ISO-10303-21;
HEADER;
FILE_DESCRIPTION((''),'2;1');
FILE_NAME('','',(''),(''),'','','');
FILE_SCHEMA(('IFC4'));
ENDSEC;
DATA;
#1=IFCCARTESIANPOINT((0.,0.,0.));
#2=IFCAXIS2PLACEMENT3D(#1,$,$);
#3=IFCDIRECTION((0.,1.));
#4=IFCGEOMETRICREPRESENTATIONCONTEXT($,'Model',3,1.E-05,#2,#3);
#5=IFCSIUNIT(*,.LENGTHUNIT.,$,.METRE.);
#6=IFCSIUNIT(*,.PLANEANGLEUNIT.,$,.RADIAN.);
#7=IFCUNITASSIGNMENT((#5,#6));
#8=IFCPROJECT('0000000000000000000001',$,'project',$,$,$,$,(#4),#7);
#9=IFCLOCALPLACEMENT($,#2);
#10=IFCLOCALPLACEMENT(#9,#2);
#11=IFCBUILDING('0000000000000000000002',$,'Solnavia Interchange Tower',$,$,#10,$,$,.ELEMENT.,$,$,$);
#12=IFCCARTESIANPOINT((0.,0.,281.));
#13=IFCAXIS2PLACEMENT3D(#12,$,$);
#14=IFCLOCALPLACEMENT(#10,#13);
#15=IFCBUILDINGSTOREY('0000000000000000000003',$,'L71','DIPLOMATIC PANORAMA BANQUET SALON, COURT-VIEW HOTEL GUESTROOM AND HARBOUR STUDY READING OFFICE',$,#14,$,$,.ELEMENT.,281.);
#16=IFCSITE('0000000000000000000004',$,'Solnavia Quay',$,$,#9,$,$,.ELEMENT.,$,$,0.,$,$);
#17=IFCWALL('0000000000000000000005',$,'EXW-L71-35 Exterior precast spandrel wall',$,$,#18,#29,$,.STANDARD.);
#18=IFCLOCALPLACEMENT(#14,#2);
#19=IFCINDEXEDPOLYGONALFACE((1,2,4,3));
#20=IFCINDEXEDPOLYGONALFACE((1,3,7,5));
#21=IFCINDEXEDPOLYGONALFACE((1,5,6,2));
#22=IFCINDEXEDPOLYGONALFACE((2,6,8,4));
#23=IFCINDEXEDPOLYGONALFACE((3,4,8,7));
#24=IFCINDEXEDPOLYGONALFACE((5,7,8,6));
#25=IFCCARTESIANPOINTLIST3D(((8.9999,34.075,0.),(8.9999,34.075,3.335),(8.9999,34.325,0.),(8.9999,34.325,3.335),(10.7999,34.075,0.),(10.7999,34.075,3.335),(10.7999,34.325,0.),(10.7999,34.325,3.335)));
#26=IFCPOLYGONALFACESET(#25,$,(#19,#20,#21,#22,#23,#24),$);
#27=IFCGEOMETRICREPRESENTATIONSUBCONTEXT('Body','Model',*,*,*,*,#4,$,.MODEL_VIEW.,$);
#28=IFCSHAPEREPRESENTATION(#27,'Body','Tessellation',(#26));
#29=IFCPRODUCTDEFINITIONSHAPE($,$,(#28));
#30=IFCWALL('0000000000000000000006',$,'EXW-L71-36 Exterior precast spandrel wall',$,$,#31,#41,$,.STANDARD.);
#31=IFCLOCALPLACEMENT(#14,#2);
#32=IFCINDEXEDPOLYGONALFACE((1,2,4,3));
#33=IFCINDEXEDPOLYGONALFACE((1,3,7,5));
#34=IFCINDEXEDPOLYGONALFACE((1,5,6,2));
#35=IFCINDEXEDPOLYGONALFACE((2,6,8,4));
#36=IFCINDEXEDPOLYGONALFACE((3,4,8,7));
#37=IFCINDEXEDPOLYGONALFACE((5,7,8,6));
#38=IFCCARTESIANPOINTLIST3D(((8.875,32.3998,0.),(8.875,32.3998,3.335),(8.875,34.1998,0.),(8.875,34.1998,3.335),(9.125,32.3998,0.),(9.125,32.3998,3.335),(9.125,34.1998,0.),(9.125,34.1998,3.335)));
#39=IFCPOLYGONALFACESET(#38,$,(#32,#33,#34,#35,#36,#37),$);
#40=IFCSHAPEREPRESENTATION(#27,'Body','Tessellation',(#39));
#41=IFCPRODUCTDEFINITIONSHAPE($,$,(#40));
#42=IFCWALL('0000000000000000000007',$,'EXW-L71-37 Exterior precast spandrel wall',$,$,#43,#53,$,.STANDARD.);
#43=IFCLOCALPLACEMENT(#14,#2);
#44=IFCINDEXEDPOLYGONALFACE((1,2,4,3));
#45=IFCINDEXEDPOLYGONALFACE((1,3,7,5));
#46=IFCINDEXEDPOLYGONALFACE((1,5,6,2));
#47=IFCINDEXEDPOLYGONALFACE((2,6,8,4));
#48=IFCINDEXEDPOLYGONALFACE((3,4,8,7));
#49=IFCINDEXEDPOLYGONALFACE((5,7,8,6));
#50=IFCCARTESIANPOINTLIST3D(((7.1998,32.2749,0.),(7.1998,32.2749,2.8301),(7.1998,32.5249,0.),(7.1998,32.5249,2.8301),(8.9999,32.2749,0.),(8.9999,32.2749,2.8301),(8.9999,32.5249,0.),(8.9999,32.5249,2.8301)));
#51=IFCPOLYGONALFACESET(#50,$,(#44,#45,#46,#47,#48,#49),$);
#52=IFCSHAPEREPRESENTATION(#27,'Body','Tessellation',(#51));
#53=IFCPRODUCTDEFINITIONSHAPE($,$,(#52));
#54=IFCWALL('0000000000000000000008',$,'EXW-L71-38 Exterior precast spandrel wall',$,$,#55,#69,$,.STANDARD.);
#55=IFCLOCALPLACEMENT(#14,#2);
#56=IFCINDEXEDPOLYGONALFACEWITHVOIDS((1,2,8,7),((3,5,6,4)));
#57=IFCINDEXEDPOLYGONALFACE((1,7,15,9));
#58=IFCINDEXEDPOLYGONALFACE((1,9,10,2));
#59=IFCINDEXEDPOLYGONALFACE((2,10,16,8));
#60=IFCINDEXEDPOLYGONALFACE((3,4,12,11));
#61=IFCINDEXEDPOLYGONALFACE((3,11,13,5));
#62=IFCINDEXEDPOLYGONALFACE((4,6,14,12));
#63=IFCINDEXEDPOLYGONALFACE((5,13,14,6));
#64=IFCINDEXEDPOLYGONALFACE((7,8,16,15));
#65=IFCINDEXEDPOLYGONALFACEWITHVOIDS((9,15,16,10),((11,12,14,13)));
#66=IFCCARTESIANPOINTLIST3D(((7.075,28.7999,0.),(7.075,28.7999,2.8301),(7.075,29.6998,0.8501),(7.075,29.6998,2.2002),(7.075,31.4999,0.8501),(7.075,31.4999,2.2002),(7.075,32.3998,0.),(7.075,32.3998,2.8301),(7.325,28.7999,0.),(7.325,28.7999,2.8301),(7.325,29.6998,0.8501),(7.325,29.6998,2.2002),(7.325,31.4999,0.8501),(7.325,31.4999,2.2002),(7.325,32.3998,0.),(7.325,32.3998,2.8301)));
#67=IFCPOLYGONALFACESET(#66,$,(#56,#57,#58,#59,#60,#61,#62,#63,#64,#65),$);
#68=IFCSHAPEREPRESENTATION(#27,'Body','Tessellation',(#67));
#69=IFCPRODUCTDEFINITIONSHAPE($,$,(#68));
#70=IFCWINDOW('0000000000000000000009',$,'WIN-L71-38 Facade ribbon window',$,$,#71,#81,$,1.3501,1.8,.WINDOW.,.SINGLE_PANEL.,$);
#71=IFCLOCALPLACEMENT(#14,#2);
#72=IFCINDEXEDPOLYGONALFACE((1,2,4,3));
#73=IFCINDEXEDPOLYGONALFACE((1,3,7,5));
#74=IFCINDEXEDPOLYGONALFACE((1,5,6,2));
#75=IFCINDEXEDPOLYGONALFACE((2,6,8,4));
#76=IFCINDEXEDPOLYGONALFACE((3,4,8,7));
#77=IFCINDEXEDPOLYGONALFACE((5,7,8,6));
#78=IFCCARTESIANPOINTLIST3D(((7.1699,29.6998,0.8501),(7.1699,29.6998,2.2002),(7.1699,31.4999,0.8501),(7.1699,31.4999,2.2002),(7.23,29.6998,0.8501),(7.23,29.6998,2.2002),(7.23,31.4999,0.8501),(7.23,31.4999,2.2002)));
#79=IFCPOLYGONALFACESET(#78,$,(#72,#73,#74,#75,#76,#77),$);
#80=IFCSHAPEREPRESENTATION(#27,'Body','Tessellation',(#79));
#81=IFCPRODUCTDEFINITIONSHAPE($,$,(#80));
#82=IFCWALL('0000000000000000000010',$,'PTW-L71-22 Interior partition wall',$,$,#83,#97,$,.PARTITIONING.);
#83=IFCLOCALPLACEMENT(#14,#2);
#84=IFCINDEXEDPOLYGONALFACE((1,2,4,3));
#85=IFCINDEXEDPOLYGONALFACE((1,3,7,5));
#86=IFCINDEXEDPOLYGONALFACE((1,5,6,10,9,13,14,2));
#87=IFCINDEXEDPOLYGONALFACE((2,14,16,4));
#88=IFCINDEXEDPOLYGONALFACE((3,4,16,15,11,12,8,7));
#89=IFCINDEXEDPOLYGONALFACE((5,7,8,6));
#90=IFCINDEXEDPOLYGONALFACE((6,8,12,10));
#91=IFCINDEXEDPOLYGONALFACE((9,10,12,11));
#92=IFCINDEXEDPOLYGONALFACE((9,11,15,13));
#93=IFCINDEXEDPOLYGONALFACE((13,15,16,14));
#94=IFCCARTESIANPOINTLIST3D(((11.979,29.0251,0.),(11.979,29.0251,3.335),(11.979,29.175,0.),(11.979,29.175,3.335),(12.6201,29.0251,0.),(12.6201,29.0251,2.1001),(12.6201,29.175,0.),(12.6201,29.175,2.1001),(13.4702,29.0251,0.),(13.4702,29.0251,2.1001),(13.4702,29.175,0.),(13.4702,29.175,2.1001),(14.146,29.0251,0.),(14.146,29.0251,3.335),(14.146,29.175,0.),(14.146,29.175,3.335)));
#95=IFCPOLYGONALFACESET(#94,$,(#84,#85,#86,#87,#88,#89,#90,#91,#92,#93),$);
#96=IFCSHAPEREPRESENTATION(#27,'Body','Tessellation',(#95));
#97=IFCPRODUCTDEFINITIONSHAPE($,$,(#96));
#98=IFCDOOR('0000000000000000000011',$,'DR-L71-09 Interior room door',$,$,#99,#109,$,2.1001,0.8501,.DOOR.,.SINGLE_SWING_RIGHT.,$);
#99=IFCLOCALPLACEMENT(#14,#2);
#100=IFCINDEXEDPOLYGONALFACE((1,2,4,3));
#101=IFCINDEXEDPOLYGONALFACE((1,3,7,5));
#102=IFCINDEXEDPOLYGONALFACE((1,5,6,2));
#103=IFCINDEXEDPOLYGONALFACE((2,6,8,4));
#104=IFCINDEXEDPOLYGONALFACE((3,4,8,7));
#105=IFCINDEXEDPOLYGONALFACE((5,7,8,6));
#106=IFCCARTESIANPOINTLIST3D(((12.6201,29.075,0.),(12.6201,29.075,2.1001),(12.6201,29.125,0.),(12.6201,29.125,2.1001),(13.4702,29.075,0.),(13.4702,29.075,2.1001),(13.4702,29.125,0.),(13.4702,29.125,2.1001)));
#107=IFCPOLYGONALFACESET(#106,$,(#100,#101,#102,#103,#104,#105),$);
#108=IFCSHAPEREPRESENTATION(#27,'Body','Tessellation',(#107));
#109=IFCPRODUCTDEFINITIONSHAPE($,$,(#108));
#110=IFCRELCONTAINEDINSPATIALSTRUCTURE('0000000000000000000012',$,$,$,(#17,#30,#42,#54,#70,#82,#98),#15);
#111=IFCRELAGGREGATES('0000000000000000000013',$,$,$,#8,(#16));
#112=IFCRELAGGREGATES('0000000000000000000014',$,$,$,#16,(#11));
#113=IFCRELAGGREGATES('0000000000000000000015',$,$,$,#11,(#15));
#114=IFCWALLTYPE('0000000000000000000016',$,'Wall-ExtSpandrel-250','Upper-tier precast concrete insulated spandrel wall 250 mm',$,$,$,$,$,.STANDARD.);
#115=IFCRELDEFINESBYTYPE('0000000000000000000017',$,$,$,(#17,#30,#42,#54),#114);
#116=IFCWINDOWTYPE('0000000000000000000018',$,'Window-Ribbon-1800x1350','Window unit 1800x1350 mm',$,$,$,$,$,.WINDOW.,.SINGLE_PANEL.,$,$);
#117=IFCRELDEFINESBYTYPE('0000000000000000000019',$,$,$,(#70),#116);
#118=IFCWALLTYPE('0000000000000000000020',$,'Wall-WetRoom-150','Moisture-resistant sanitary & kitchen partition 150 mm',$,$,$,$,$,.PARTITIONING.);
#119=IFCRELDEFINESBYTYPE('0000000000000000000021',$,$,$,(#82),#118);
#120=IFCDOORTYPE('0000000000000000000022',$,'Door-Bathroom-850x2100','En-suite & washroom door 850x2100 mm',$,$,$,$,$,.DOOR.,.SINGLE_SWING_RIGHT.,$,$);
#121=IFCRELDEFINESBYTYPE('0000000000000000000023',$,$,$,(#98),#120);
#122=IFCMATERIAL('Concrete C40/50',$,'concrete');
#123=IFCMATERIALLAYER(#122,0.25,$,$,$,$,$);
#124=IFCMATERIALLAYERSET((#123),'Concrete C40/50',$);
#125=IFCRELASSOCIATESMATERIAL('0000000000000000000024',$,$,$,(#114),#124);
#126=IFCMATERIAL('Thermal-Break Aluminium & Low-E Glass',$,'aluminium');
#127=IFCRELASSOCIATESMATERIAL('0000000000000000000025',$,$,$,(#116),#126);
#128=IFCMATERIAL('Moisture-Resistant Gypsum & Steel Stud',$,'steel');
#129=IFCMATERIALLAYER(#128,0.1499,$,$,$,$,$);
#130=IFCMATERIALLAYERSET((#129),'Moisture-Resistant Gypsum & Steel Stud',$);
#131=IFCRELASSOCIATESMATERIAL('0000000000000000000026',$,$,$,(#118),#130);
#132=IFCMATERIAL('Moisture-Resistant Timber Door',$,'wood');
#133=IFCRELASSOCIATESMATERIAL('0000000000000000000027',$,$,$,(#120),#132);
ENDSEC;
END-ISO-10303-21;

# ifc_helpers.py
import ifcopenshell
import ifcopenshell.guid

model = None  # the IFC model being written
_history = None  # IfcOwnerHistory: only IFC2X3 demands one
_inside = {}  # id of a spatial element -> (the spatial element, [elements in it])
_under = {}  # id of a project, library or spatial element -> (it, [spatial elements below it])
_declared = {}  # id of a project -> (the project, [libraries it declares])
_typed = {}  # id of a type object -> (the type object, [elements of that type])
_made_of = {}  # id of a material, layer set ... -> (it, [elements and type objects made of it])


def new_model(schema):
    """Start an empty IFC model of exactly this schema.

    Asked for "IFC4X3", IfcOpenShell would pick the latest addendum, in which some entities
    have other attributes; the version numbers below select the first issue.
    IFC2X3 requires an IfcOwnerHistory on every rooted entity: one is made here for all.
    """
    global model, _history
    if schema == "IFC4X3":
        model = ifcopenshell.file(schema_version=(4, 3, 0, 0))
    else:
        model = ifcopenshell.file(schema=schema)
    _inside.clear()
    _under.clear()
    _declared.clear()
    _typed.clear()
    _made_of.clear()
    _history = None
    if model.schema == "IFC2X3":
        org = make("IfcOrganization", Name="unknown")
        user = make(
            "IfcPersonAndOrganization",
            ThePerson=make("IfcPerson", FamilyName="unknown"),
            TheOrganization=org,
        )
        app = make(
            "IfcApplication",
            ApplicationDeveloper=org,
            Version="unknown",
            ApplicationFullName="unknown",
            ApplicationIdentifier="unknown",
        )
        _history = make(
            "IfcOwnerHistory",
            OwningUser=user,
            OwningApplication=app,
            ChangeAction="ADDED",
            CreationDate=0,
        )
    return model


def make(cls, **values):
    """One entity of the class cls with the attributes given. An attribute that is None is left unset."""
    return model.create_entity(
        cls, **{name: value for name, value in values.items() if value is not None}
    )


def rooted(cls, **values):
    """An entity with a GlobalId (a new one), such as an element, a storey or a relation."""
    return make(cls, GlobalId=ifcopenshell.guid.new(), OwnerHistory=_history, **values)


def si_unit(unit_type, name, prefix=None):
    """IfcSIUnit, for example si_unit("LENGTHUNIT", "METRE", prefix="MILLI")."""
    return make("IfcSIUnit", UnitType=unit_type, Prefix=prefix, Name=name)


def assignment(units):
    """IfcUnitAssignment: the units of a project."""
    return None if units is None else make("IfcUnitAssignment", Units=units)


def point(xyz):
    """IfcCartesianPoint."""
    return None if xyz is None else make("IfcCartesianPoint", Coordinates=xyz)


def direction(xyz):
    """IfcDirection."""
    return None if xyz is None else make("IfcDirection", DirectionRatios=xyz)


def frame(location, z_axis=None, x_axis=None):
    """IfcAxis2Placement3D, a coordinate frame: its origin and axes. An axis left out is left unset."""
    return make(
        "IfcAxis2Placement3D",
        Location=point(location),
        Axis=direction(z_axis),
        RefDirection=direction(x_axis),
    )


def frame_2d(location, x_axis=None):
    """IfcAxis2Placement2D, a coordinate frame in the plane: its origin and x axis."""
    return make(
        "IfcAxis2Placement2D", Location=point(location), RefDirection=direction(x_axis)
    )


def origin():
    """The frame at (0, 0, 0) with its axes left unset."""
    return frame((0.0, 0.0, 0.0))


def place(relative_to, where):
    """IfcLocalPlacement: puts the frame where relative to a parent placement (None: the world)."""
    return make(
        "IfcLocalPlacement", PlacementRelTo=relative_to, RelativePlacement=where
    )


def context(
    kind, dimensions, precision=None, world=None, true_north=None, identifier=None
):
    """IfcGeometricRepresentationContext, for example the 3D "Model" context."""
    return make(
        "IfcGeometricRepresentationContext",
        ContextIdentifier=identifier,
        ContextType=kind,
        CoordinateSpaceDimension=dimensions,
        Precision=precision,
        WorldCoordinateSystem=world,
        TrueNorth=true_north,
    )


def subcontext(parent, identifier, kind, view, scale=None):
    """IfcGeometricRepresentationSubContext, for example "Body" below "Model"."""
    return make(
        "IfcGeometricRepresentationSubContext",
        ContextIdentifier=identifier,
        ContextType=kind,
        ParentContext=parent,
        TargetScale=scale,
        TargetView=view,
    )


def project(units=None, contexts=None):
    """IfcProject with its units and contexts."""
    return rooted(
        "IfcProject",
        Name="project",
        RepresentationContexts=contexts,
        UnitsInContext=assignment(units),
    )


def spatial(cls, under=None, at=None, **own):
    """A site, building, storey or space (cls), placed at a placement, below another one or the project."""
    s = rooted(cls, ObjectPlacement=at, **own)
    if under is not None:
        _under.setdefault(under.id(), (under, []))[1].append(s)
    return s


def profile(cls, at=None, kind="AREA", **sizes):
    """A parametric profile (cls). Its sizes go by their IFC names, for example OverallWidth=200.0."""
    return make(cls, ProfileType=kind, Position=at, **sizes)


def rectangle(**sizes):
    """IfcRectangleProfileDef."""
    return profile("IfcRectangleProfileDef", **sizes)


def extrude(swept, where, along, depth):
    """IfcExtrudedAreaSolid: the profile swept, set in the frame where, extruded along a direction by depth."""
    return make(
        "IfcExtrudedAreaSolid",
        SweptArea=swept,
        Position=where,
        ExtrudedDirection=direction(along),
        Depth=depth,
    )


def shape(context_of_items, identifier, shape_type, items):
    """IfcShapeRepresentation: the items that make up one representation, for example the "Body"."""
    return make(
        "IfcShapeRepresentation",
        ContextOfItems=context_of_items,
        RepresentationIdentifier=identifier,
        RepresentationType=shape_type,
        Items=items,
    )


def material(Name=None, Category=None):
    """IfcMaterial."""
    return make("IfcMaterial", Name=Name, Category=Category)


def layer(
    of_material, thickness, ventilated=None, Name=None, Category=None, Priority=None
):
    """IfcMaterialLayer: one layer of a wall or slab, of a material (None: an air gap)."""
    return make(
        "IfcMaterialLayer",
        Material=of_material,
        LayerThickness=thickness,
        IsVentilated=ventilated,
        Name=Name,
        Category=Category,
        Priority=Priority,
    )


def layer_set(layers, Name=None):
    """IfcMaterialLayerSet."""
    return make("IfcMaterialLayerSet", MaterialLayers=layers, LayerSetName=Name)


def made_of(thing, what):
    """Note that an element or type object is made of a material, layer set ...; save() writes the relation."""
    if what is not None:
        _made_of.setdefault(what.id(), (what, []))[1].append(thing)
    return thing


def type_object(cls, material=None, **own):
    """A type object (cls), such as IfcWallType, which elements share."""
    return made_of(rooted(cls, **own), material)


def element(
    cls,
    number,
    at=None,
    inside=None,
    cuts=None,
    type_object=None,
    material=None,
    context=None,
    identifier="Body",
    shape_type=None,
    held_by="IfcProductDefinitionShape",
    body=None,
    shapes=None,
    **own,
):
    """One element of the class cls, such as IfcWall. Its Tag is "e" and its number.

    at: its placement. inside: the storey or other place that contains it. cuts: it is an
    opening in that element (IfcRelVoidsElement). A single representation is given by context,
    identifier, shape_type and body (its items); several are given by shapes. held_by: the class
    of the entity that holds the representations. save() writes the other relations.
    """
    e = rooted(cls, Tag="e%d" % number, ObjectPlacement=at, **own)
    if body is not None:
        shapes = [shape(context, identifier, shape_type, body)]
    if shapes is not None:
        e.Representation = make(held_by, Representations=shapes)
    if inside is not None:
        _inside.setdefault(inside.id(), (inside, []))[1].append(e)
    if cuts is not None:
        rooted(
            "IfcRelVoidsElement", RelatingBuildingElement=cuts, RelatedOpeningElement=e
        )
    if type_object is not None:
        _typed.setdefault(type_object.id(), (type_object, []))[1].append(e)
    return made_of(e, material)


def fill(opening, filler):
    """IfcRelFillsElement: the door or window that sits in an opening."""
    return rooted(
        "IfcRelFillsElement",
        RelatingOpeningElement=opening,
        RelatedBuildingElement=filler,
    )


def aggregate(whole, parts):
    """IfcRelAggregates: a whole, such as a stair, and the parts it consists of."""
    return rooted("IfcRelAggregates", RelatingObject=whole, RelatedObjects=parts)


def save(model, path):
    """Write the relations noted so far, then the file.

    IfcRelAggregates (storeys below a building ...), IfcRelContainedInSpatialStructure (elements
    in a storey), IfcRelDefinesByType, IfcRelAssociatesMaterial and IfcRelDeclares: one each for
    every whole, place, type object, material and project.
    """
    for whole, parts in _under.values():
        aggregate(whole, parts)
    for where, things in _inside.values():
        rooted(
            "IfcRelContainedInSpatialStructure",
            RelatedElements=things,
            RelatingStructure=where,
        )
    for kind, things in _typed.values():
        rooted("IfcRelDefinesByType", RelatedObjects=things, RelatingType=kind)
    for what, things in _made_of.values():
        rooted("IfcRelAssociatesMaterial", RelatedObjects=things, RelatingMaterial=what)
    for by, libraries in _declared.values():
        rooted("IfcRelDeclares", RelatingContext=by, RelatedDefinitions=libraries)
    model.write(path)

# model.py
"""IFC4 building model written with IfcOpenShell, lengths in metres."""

from ifc_helpers import new_model, si_unit, direction, frame, frame_2d, origin, place, context, subcontext, project, spatial, rectangle, extrude, material, layer, layer_set, type_object, element, fill, save


model = new_model("IFC4")

# Units and contexts
model_context = context("Model", 3, precision=1e-05, world=origin(), true_north=direction((0.0, 1.0)))
body_context = subcontext(model_context, "Body", "Model", "MODEL_VIEW")
ifc_project = project(units=[si_unit("LENGTHUNIT", "METRE"), si_unit("PLANEANGLEUNIT", "RADIAN")], contexts=[model_context])

# Site, building, storey
site_placement = place(None, origin())
site = spatial("IfcSite", under=ifc_project, at=site_placement, Name="Solnavia Quay", CompositionType="ELEMENT", RefElevation=0.0)
building_placement = place(site_placement, origin())
building = spatial("IfcBuilding", under=site, at=building_placement, Name="Solnavia Interchange Tower", CompositionType="ELEMENT")
storey_placement = place(building_placement, frame((0.0, 0.0, 281.0)))
storey = spatial("IfcBuildingStorey", under=building, at=storey_placement, Name="L71", Description="DIPLOMATIC PANORAMA BANQUET SALON, COURT-VIEW HOTEL GUESTROOM AND HARBOUR STUDY READING OFFICE", CompositionType="ELEMENT", Elevation=281.0)

# Walls
ifc_material_1 = material(Name="Concrete C40/50", Category="concrete")
ifc_layer_1 = layer(ifc_material_1, 0.25)
ifc_layer_set_1 = layer_set([ifc_layer_1], Name="Concrete C40/50")
wall_type_1 = type_object("IfcWallType", Name="Wall-ExtSpandrel-250", Description="Upper-tier precast concrete insulated spandrel wall 250 mm", PredefinedType="STANDARD", material=ifc_layer_set_1)
for number, where, z_axis, x_axis, name in (
    (1, (9.0, 34.2, 0.0), (0.0, 0.0, 1.0), (1.0, 0.0, 0.0), "EXW-L71-35 Exterior precast spandrel wall"),
    (2, (9.0, 32.3999, 0.0), (0.0, 0.0, 1.0), (0.0, 1.0, 0.0), "EXW-L71-36 Exterior precast spandrel wall"),
):
    element("IfcWall", number, at=place(storey_placement, frame(where, z_axis=z_axis, x_axis=x_axis)), inside=storey, type_object=wall_type_1, Name=name, PredefinedType="STANDARD", context=body_context, shape_type="SweptSolid", body=[
        extrude(rectangle(XDim=1.8, YDim=0.25, at=frame_2d((0.8999, 0.0))), origin(), (0.0, 0.0, 1.0), 3.335),
    ])
wall_1_placement = place(storey_placement, frame((7.2, 32.3999, 0.0), z_axis=(0.0, 0.0, 1.0), x_axis=(1.0, 0.0, 0.0)))
element("IfcWall", 3, at=wall_1_placement, inside=storey, type_object=wall_type_1, Name="EXW-L71-37 Exterior precast spandrel wall", PredefinedType="STANDARD", context=body_context, shape_type="SweptSolid", body=[
    extrude(rectangle(XDim=1.8, YDim=0.25, at=frame_2d((0.8999, 0.0))), origin(), (0.0, 0.0, 1.0), 2.8301),
])

# Wall, opening, window
wall_2_placement = place(storey_placement, frame((7.2, 28.8, 0.0), z_axis=(0.0, 0.0, 1.0), x_axis=(0.0, 1.0, 0.0)))
wall_2 = element("IfcWall", 4, at=wall_2_placement, inside=storey, type_object=wall_type_1, Name="EXW-L71-38 Exterior precast spandrel wall", PredefinedType="STANDARD", context=body_context, shape_type="SweptSolid", body=[
    extrude(rectangle(XDim=3.5999, YDim=0.25, at=frame_2d((1.7998, 0.0))), origin(), (0.0, 0.0, 1.0), 2.8301),
])
opening_1_placement = place(wall_2_placement, frame((0.8999, 0.0, 0.8501)))
opening_1 = element("IfcOpeningElement", 5, at=opening_1_placement, cuts=wall_2, PredefinedType="OPENING", context=body_context, shape_type="SweptSolid", body=[
    extrude(rectangle(XDim=1.8, YDim=1.3501, at=frame_2d((0.8999, 0.675))), frame((0.0, 0.135, 0.0), z_axis=(0.0, -1.0, 0.0), x_axis=(1.0, 0.0, 0.0)), (0.0, 0.0, 1.0), 0.27),
])
ifc_material_2 = material(Name="Thermal-Break Aluminium & Low-E Glass", Category="aluminium")
window_type = type_object("IfcWindowType", Name="Window-Ribbon-1800x1350", Description="Window unit 1800x1350 mm", PartitioningType="SINGLE_PANEL", PredefinedType="WINDOW", material=ifc_material_2)
window_placement = place(opening_1_placement, origin())
window = element("IfcWindow", 6, at=window_placement, inside=storey, type_object=window_type, Name="WIN-L71-38 Facade ribbon window", OverallHeight=1.3501, OverallWidth=1.8, PartitioningType="SINGLE_PANEL", PredefinedType="WINDOW", context=body_context, shape_type="SweptSolid", body=[
    extrude(rectangle(XDim=1.8, YDim=1.3501, at=frame_2d((0.8999, 0.675))), frame((0.0, 0.03, 0.0), z_axis=(0.0, -1.0, 0.0), x_axis=(1.0, 0.0, 0.0)), (0.0, 0.0, 1.0), 0.0601),
])
fill(opening_1, window)

# Wall, opening, door
ifc_material_3 = material(Name="Moisture-Resistant Gypsum & Steel Stud", Category="steel")
ifc_layer_2 = layer(ifc_material_3, 0.1499)
ifc_layer_set_2 = layer_set([ifc_layer_2], Name="Moisture-Resistant Gypsum & Steel Stud")
wall_type_2 = type_object("IfcWallType", Name="Wall-WetRoom-150", Description="Moisture-resistant sanitary & kitchen partition 150 mm", PredefinedType="PARTITIONING", material=ifc_layer_set_2)
wall_3_placement = place(storey_placement, frame((11.979, 29.1001, 0.0), z_axis=(0.0, 0.0, 1.0), x_axis=(1.0, 0.0, 0.0)))
wall_3 = element("IfcWall", 7, at=wall_3_placement, inside=storey, type_object=wall_type_2, Name="PTW-L71-22 Interior partition wall", PredefinedType="PARTITIONING", context=body_context, shape_type="SweptSolid", body=[
    extrude(rectangle(XDim=2.167, YDim=0.1499, at=frame_2d((1.0835, 0.0))), origin(), (0.0, 0.0, 1.0), 3.335),
])
opening_2_placement = place(wall_3_placement, frame((0.6411, 0.0, 0.0)))
opening_2 = element("IfcOpeningElement", 8, at=opening_2_placement, cuts=wall_3, PredefinedType="OPENING", context=body_context, shape_type="SweptSolid", body=[
    extrude(rectangle(XDim=0.8501, YDim=2.1001, at=frame_2d((0.425, 1.05))), frame((0.0, 0.085, 0.0), z_axis=(0.0, -1.0, 0.0), x_axis=(1.0, 0.0, 0.0)), (0.0, 0.0, 1.0), 0.1699),
])
ifc_material_4 = material(Name="Moisture-Resistant Timber Door", Category="wood")
door_type = type_object("IfcDoorType", Name="Door-Bathroom-850x2100", Description="En-suite & washroom door 850x2100 mm", OperationType="SINGLE_SWING_RIGHT", PredefinedType="DOOR", material=ifc_material_4)
door_placement = place(opening_2_placement, origin())
door = element("IfcDoor", 9, at=door_placement, inside=storey, type_object=door_type, Name="DR-L71-09 Interior room door", OperationType="SINGLE_SWING_RIGHT", OverallHeight=2.1001, OverallWidth=0.8501, PredefinedType="DOOR", context=body_context, shape_type="SweptSolid", body=[
    extrude(rectangle(XDim=0.8501, YDim=2.1001, at=frame_2d((0.425, 1.05))), frame((0.0, 0.0249, 0.0), z_axis=(0.0, -1.0, 0.0), x_axis=(1.0, 0.0, 0.0)), (0.0, 0.0, 1.0), 0.05),
])
fill(opening_2, door)

save(model, "model.ifc")
